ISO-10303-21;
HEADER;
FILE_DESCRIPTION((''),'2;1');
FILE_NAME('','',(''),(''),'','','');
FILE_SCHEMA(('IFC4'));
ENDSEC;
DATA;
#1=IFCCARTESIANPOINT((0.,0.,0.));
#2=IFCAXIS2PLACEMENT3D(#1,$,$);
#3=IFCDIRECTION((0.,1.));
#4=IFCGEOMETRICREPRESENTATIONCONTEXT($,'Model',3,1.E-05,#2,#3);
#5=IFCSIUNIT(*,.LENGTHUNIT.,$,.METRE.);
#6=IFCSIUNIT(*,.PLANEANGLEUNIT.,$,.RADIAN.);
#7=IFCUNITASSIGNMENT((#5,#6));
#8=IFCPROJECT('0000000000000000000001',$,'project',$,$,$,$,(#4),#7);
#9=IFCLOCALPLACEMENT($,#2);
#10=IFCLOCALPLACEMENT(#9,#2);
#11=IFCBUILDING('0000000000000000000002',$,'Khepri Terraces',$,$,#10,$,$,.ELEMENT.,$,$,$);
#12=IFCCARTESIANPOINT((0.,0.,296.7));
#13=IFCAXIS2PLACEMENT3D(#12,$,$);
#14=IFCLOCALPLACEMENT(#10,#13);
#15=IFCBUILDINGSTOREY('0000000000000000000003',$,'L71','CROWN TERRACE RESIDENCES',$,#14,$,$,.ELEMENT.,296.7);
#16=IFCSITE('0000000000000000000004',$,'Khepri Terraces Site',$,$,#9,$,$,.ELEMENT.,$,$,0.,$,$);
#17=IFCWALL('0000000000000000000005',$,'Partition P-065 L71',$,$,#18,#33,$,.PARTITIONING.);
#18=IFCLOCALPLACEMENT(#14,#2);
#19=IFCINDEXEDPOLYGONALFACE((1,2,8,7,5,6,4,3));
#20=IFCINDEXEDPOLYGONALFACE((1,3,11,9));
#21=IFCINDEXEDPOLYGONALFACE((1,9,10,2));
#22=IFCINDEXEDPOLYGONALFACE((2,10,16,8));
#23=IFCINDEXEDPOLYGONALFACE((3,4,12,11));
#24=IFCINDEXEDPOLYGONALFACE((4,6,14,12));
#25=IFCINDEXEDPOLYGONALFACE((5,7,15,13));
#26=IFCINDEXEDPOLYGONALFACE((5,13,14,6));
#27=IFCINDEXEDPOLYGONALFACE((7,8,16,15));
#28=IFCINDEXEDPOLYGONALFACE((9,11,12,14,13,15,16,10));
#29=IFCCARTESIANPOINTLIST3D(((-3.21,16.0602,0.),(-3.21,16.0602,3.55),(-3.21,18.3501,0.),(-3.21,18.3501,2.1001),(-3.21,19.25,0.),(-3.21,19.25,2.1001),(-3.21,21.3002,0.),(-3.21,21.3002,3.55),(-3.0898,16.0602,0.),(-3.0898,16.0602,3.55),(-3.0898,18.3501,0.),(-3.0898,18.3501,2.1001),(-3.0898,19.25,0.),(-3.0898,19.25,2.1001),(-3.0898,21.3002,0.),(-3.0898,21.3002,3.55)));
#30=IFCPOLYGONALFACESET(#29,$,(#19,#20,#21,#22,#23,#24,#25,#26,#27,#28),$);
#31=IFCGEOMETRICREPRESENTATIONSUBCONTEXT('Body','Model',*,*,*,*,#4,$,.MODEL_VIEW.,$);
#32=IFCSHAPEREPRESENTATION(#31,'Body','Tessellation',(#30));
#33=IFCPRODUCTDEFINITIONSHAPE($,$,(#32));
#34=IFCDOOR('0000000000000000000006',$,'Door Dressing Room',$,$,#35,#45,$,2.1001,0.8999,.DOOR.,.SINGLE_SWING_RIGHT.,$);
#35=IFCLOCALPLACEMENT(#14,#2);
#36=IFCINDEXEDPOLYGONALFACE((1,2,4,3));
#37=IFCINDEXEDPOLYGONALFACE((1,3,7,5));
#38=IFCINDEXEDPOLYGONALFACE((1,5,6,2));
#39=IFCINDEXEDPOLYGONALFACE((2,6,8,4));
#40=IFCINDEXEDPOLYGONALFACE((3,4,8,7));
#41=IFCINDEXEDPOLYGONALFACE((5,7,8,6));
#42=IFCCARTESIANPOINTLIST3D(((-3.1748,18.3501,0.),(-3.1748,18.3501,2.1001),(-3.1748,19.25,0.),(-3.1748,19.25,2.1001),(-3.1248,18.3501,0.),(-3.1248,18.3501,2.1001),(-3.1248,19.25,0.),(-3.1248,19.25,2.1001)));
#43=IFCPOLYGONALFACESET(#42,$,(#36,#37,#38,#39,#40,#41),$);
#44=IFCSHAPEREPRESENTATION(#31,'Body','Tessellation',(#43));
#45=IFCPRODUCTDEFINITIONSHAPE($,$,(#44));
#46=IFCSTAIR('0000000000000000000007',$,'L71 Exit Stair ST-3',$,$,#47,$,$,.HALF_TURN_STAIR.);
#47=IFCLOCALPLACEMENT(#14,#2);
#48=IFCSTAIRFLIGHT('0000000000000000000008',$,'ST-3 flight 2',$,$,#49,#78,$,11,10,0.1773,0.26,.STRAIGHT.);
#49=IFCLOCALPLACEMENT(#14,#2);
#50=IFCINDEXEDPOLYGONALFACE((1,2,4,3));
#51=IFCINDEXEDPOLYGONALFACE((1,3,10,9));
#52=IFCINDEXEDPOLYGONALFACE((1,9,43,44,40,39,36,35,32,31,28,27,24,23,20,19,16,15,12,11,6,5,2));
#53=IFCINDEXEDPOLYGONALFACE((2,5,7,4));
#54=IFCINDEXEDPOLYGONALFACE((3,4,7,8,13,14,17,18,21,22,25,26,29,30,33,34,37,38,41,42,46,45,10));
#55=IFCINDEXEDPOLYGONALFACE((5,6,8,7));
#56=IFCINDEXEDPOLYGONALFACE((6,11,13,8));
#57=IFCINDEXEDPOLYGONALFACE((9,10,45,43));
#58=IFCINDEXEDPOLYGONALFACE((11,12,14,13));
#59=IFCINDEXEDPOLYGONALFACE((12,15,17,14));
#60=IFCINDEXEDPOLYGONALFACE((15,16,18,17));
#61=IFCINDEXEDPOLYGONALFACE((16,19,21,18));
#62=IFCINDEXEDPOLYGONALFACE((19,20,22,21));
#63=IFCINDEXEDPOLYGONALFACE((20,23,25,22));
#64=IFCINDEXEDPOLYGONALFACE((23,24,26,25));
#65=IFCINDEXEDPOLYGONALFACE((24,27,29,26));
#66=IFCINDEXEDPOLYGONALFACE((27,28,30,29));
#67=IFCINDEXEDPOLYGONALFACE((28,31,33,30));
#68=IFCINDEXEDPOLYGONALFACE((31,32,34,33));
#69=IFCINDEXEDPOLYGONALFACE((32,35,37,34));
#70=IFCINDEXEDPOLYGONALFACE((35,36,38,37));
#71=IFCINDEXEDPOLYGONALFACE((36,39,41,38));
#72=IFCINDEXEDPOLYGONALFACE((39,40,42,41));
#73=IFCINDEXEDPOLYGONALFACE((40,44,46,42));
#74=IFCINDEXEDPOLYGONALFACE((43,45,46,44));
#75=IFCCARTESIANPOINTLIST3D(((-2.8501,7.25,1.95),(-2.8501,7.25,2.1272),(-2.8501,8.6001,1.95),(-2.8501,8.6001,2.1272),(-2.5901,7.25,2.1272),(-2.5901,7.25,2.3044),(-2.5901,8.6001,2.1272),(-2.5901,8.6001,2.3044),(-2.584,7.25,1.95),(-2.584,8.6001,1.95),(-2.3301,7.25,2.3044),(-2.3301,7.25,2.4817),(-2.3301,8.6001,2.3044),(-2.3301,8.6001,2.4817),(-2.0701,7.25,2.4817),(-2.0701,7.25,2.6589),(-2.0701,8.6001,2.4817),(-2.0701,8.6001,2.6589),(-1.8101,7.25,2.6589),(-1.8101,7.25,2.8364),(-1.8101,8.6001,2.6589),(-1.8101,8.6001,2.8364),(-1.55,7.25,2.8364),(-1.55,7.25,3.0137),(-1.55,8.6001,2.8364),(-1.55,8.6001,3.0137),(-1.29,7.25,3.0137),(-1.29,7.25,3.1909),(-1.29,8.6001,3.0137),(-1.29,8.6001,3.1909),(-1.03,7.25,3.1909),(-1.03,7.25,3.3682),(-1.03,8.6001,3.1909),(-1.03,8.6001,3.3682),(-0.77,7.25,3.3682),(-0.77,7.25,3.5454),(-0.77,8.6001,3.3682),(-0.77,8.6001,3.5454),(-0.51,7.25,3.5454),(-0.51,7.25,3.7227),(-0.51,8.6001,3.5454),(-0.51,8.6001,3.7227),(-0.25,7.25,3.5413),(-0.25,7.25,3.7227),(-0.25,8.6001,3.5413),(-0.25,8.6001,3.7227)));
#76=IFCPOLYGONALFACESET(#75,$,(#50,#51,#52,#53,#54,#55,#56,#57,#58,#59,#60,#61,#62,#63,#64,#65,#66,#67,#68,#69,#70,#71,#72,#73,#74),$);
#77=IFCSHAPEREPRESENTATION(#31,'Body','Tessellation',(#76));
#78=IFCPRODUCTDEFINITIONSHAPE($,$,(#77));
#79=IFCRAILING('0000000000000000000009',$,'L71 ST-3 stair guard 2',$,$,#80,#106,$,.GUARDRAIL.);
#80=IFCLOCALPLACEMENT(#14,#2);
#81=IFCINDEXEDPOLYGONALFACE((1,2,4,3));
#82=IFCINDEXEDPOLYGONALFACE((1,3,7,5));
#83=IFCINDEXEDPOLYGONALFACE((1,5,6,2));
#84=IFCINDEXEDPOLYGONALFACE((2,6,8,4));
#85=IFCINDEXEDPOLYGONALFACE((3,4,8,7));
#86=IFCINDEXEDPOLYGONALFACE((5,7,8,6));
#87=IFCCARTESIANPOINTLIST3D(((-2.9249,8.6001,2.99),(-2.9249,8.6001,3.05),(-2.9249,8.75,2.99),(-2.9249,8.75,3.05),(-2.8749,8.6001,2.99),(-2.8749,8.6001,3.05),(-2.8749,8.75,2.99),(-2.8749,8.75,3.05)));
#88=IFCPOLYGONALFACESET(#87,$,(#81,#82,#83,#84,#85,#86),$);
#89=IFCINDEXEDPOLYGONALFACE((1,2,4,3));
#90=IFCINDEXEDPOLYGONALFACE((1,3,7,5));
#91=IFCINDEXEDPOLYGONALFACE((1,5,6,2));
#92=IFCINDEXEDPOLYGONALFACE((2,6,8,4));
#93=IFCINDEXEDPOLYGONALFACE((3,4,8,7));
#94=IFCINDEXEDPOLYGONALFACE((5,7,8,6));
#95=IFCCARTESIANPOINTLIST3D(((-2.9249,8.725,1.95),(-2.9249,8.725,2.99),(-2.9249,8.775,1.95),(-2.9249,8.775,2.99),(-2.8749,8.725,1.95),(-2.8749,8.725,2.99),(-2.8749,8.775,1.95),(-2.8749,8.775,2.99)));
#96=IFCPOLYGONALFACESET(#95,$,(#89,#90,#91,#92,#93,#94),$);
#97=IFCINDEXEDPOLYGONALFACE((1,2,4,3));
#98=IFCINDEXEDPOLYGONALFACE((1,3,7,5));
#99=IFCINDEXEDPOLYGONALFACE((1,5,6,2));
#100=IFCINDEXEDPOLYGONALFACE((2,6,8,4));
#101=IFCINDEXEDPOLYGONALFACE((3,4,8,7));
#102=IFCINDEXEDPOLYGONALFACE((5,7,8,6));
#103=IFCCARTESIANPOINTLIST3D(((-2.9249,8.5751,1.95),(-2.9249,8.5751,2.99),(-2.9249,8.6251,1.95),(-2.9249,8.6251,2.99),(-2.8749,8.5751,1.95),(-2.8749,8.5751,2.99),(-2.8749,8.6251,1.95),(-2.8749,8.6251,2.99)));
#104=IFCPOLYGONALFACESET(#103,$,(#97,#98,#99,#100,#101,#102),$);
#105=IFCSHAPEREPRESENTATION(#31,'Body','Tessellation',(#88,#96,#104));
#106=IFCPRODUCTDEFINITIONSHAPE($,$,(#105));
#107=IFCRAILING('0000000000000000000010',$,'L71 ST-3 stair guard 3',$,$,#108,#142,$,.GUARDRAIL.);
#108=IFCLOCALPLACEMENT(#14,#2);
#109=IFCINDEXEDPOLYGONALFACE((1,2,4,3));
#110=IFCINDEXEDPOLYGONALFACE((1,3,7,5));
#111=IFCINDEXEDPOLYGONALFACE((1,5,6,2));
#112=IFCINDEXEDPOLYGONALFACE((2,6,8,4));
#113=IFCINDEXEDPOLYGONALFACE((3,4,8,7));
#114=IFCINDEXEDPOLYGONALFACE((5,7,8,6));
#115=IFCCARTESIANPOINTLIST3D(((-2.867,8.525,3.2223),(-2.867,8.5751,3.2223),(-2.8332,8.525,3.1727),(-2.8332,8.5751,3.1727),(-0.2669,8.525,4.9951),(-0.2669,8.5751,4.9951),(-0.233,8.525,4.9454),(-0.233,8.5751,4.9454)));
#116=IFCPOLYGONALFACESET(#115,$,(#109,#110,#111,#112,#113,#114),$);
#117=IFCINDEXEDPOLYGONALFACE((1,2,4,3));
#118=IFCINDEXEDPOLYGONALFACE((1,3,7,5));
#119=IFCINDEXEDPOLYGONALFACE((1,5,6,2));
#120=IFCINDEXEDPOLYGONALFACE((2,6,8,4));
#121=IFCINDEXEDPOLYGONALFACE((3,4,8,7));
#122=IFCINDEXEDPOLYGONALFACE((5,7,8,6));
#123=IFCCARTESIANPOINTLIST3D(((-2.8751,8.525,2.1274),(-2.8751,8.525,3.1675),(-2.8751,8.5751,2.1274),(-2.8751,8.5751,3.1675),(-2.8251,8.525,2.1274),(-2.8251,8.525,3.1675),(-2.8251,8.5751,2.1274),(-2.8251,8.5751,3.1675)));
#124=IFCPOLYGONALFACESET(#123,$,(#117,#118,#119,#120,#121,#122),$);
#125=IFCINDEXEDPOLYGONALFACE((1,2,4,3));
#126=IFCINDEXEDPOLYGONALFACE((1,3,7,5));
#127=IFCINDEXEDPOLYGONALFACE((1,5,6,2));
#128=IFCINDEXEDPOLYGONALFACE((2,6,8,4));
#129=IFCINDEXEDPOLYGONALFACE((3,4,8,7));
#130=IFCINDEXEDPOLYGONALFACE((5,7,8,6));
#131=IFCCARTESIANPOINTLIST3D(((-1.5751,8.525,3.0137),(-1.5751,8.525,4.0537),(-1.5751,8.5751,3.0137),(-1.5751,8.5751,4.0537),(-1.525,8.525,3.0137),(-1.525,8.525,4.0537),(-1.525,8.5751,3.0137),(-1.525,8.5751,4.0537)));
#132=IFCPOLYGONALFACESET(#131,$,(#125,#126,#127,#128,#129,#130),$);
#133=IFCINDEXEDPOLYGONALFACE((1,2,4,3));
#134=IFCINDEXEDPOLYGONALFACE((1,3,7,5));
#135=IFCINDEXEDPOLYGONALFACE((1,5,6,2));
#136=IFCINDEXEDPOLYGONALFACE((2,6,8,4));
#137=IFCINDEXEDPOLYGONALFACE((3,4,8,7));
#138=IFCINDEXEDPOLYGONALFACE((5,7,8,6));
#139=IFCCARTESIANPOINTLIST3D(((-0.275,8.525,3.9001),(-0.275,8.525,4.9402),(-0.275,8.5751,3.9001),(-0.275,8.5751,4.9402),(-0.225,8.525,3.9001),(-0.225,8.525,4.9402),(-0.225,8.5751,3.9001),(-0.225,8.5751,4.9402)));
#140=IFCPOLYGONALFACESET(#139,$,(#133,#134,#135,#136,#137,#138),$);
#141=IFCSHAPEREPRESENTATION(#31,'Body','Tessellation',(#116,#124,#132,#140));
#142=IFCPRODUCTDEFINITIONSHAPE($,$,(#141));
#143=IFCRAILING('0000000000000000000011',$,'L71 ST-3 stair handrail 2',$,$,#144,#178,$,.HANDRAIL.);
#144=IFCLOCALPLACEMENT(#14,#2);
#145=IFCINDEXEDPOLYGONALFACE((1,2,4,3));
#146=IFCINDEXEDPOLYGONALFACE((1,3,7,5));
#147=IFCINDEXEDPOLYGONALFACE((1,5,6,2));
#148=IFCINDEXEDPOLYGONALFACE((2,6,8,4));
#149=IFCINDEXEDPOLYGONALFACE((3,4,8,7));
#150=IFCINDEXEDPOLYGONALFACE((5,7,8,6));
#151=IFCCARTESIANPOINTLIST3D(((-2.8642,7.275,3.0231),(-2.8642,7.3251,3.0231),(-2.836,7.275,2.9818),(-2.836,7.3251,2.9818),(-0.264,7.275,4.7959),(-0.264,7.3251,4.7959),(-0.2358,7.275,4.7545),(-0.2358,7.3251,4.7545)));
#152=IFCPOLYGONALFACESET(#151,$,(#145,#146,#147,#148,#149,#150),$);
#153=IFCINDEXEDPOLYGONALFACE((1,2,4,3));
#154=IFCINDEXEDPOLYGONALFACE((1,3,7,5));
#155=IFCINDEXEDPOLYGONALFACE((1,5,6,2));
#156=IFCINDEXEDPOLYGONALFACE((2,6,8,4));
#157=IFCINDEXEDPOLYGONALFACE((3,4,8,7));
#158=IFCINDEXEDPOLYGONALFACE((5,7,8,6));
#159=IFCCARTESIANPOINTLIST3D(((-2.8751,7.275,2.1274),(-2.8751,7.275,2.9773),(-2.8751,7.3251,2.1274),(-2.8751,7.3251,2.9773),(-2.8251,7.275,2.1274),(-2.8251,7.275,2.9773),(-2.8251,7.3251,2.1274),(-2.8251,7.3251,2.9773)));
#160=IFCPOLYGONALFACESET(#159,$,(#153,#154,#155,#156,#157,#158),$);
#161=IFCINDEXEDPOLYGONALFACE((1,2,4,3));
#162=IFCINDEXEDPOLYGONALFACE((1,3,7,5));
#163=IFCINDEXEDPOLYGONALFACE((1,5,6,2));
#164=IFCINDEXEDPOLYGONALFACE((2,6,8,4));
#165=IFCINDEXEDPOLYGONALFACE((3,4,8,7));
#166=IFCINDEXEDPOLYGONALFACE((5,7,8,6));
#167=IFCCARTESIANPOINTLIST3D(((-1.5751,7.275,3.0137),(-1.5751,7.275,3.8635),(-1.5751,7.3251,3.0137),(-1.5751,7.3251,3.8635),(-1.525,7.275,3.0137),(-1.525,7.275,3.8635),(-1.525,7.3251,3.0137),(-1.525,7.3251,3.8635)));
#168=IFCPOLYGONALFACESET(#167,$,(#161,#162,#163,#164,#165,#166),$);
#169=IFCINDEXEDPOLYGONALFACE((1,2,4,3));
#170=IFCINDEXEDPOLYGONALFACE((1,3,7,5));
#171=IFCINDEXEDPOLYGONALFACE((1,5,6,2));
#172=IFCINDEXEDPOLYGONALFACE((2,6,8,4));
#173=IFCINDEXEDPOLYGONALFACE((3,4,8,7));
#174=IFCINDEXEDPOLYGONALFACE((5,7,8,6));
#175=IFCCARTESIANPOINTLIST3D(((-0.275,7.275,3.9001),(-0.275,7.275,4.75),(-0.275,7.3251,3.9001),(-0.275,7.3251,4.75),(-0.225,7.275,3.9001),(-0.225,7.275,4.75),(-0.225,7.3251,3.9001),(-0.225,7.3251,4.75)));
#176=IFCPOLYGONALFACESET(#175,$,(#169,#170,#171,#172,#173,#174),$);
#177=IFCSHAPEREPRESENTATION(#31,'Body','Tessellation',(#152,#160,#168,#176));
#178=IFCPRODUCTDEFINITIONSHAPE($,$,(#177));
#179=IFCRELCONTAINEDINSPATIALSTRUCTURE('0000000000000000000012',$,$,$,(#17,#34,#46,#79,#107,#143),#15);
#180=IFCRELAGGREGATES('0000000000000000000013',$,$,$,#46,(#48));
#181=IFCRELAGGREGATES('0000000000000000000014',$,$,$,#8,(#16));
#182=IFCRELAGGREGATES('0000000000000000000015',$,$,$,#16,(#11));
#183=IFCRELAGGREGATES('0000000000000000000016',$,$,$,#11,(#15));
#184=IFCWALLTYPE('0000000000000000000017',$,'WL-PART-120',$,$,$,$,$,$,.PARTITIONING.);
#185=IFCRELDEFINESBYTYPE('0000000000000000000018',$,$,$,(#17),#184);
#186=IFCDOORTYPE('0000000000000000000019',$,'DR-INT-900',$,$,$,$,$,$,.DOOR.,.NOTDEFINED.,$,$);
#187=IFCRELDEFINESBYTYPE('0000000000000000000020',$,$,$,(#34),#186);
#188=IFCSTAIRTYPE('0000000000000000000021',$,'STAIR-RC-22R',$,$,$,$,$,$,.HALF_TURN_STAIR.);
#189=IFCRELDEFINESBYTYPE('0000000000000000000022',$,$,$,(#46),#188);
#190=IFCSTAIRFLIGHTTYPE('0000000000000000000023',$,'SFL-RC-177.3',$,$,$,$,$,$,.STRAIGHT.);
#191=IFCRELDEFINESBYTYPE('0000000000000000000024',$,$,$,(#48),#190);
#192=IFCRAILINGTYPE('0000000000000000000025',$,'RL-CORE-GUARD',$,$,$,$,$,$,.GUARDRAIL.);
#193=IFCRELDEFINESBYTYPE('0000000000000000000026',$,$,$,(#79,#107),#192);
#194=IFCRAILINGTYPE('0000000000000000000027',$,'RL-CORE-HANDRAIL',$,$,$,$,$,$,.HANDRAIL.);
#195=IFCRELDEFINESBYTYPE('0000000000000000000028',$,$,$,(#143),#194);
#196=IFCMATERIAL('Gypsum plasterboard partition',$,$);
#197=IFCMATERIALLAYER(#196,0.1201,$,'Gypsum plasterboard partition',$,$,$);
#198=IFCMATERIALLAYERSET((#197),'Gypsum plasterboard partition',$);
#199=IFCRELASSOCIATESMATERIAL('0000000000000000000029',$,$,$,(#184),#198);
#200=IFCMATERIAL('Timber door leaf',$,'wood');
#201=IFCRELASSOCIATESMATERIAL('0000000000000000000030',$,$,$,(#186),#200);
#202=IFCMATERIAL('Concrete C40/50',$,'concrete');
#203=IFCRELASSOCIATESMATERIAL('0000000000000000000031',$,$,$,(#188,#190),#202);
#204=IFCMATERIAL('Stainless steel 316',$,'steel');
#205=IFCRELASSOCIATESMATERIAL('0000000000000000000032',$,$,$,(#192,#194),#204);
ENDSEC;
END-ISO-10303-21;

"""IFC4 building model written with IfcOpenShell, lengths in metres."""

from ifc_helpers import new_model, si_unit, direction, frame, frame_2d, origin, origin_2d, place, context, subcontext, project, spatial, polyline, rectangle, outline, extrude, material, layer, layer_set, type_object, element, fill, aggregate, save


model = new_model("IFC4")

# Units and contexts
model_context = context("Model", 3, precision=1e-05, world=origin(), true_north=direction((0.0, 1.0)))
body_context = subcontext(model_context, "Body", "Model", "MODEL_VIEW")
ifc_project = project(units=[si_unit("LENGTHUNIT", "METRE"), si_unit("PLANEANGLEUNIT", "RADIAN")], contexts=[model_context])

# Site, building, storey
site_placement = place(None, origin())
site = spatial("IfcSite", under=ifc_project, at=site_placement, Name="Khepri Terraces Site", CompositionType="ELEMENT", RefElevation=0.0)
building_placement = place(site_placement, origin())
building = spatial("IfcBuilding", under=site, at=building_placement, Name="Khepri Terraces", CompositionType="ELEMENT")
storey_placement = place(building_placement, frame((0.0, 0.0, 296.7)))
storey = spatial("IfcBuildingStorey", under=building, at=storey_placement, Name="L71", Description="CROWN TERRACE RESIDENCES", CompositionType="ELEMENT", Elevation=296.7)

# Shared definitions
ifc_material_1 = material(Name="Concrete C40/50", Category="concrete")
ifc_material_2 = material(Name="Gypsum plasterboard partition")
ifc_layer_1 = layer(ifc_material_2, 0.1201, Name="Gypsum plasterboard partition")
ifc_layer_set_1 = layer_set([ifc_layer_1], Name="Gypsum plasterboard partition")
wall_type_1 = type_object("IfcWallType", Name="WL-PART-120", PredefinedType="PARTITIONING", material=ifc_layer_set_1)

# Shared definitions
ifc_material_3 = material(Name="Timber door leaf", Category="wood")
door_type_1 = type_object("IfcDoorType", Name="DR-INT-900", OperationType="NOTDEFINED", PredefinedType="DOOR", material=ifc_material_3)

# Wall, opening, door
wall_1_placement = place(storey_placement, frame((-3.1499, 16.0601, 0.0), z_axis=(0.0, 0.0, 1.0), x_axis=(0.0, 1.0, 0.0)))
wall_1 = element("IfcWall", 1, at=wall_1_placement, inside=storey, type_object=wall_type_1, Name="Partition P-065 L71", PredefinedType="PARTITIONING", context=body_context, shape_type="SweptSolid", body=[
    extrude(rectangle(XDim=5.24, YDim=0.1201, at=frame_2d((2.6201, 0.0))), origin(), (0.0, 0.0, 1.0), 3.55),
])
opening_1_placement = place(wall_1_placement, frame((2.29, 0.0, 0.0)))
opening_1 = element("IfcOpeningElement", 2, at=opening_1_placement, cuts=wall_1, PredefinedType="OPENING", context=body_context, shape_type="SweptSolid", body=[
    extrude(rectangle(XDim=0.8999, YDim=2.1001, at=frame_2d((0.45, 1.05))), frame((0.0, 0.0701, 0.0), z_axis=(0.0, -1.0, 0.0), x_axis=(1.0, 0.0, 0.0)), (0.0, 0.0, 1.0), 0.1401),
])
door_1_placement = place(opening_1_placement, origin())
door_1 = element("IfcDoor", 3, at=door_1_placement, inside=storey, type_object=door_type_1, Name="Door Dressing Room", OperationType="SINGLE_SWING_RIGHT", OverallHeight=2.1001, OverallWidth=0.8999, PredefinedType="DOOR", context=body_context, shape_type="SweptSolid", body=[
    extrude(rectangle(XDim=0.8999, YDim=2.1001, at=frame_2d((0.45, 1.05))), frame((0.0, 0.0249, 0.0), z_axis=(0.0, -1.0, 0.0), x_axis=(1.0, 0.0, 0.0)), (0.0, 0.0, 1.0), 0.05),
])
fill(opening_1, door_1)

# Stair, stair flight
stair_type = type_object("IfcStairType", Name="STAIR-RC-22R", PredefinedType="HALF_TURN_STAIR", material=ifc_material_1)
stair_placement = place(storey_placement, origin())
stair = element("IfcStair", 4, at=stair_placement, inside=storey, type_object=stair_type, Name="L71 Exit Stair ST-3", PredefinedType="HALF_TURN_STAIR")
stair_flight_type = type_object("IfcStairFlightType", Name="SFL-RC-177.3", PredefinedType="STRAIGHT", material=ifc_material_1)
stair_flight_placement = place(storey_placement, frame((-2.8501, 7.925, 1.95), z_axis=(0.0, 0.0, 1.0), x_axis=(1.0, 0.0, 0.0)))
stair_flight = element("IfcStairFlight", 5, at=stair_flight_placement, type_object=stair_flight_type, Name="ST-3 flight 2", NumberOfRisers=11, NumberOfTreads=10, PredefinedType="STRAIGHT", RiserHeight=0.1773, TreadLength=0.26, context=body_context, shape_type="SweptSolid", body=[
    extrude(outline(polyline([(0.0, 0.0), (0.0, 0.1772), (0.26, 0.1772), (0.26, 0.3545), (0.52, 0.3545), (0.52, 0.5317), (0.78, 0.5317), (0.78, 0.709), (1.04, 0.709), (1.04, 0.8865), (1.3, 0.8865), (1.3, 1.0637), (1.5601, 1.0637), (1.5601, 1.241), (1.8201, 1.241), (1.8201, 1.4182), (2.0801, 1.4182), (2.0801, 1.5955), (2.3401, 1.5955), (2.3401, 1.7727), (2.6001, 1.7727), (2.6001, 1.95), (2.6001, 1.5913), (0.2661, 0.0), (0.0, 0.0)])), frame((0.0, 0.675, 0.0), z_axis=(0.0, -1.0, 0.0), x_axis=(1.0, 0.0, 0.0)), (0.0, 0.0, 1.0), 1.3501),
])
aggregate(stair, [stair_flight])

# Railings
ifc_material_4 = material(Name="Stainless steel 316", Category="steel")
railing_type_1 = type_object("IfcRailingType", Name="RL-CORE-GUARD", PredefinedType="GUARDRAIL", material=ifc_material_4)
railing_1_placement = place(storey_placement, frame((-2.8999, 8.75, 1.95)))
element("IfcRailing", 6, at=railing_1_placement, inside=storey, type_object=railing_type_1, Name="L71 ST-3 stair guard 2", PredefinedType="GUARDRAIL", context=body_context, shape_type="SweptSolid", body=[
    extrude(rectangle(XDim=0.05, YDim=0.0601, at=origin_2d()), frame((0.0, 0.0, 1.0701), z_axis=(0.0, -1.0, 0.0), x_axis=(1.0, 0.0, 0.0)), (0.0, 0.0, 1.0), 0.1499),
    extrude(rectangle(XDim=0.05, YDim=0.05, at=origin_2d()), origin(), (0.0, 0.0, 1.0), 1.04),
    extrude(rectangle(XDim=0.05, YDim=0.05, at=origin_2d()), frame((0.0, -0.1499, 0.0)), (0.0, 0.0, 1.0), 1.04),
])
railing_2_placement = place(storey_placement, frame((-2.8501, 8.55, 2.1274)))
element("IfcRailing", 7, at=railing_2_placement, inside=storey, type_object=railing_type_1, Name="L71 ST-3 stair guard 3", PredefinedType="GUARDRAIL", context=body_context, shape_type="SweptSolid", body=[
    extrude(rectangle(XDim=0.05, YDim=0.0601, at=origin_2d()), frame((0.0, 0.0, 1.0701), z_axis=(0.82624, 0.0, 0.563318), x_axis=(0.0, 1.0, 0.0)), (0.0, 0.0, 1.0), 3.147),
    extrude(rectangle(XDim=0.05, YDim=0.05, at=origin_2d()), origin(), (0.0, 0.0, 1.0), 1.04),
    extrude(rectangle(XDim=0.05, YDim=0.05, at=origin_2d()), frame((1.3, 0.0, 0.8862)), (0.0, 0.0, 1.0), 1.04),
    extrude(rectangle(XDim=0.05, YDim=0.05, at=origin_2d()), frame((2.6001, 0.0, 1.7727)), (0.0, 0.0, 1.0), 1.04),
])
railing_type_2 = type_object("IfcRailingType", Name="RL-CORE-HANDRAIL", PredefinedType="HANDRAIL", material=ifc_material_4)
railing_3_placement = place(storey_placement, frame((-2.8501, 7.3, 2.1274)))
element("IfcRailing", 8, at=railing_3_placement, inside=storey, type_object=railing_type_2, Name="L71 ST-3 stair handrail 2", PredefinedType="HANDRAIL", context=body_context, shape_type="SweptSolid", body=[
    extrude(rectangle(XDim=0.05, YDim=0.05, at=origin_2d()), frame((0.0, 0.0, 0.875), z_axis=(0.82624, 0.0, 0.563318), x_axis=(0.0, 1.0, 0.0)), (0.0, 0.0, 1.0), 3.147),
    extrude(rectangle(XDim=0.05, YDim=0.05, at=origin_2d()), origin(), (0.0, 0.0, 1.0), 0.8499),
    extrude(rectangle(XDim=0.05, YDim=0.05, at=origin_2d()), frame((1.3, 0.0, 0.8862)), (0.0, 0.0, 1.0), 0.8499),
    extrude(rectangle(XDim=0.05, YDim=0.05, at=origin_2d()), frame((2.6001, 0.0, 1.7727)), (0.0, 0.0, 1.0), 0.8499),
])

save(model, "model.ifc")
